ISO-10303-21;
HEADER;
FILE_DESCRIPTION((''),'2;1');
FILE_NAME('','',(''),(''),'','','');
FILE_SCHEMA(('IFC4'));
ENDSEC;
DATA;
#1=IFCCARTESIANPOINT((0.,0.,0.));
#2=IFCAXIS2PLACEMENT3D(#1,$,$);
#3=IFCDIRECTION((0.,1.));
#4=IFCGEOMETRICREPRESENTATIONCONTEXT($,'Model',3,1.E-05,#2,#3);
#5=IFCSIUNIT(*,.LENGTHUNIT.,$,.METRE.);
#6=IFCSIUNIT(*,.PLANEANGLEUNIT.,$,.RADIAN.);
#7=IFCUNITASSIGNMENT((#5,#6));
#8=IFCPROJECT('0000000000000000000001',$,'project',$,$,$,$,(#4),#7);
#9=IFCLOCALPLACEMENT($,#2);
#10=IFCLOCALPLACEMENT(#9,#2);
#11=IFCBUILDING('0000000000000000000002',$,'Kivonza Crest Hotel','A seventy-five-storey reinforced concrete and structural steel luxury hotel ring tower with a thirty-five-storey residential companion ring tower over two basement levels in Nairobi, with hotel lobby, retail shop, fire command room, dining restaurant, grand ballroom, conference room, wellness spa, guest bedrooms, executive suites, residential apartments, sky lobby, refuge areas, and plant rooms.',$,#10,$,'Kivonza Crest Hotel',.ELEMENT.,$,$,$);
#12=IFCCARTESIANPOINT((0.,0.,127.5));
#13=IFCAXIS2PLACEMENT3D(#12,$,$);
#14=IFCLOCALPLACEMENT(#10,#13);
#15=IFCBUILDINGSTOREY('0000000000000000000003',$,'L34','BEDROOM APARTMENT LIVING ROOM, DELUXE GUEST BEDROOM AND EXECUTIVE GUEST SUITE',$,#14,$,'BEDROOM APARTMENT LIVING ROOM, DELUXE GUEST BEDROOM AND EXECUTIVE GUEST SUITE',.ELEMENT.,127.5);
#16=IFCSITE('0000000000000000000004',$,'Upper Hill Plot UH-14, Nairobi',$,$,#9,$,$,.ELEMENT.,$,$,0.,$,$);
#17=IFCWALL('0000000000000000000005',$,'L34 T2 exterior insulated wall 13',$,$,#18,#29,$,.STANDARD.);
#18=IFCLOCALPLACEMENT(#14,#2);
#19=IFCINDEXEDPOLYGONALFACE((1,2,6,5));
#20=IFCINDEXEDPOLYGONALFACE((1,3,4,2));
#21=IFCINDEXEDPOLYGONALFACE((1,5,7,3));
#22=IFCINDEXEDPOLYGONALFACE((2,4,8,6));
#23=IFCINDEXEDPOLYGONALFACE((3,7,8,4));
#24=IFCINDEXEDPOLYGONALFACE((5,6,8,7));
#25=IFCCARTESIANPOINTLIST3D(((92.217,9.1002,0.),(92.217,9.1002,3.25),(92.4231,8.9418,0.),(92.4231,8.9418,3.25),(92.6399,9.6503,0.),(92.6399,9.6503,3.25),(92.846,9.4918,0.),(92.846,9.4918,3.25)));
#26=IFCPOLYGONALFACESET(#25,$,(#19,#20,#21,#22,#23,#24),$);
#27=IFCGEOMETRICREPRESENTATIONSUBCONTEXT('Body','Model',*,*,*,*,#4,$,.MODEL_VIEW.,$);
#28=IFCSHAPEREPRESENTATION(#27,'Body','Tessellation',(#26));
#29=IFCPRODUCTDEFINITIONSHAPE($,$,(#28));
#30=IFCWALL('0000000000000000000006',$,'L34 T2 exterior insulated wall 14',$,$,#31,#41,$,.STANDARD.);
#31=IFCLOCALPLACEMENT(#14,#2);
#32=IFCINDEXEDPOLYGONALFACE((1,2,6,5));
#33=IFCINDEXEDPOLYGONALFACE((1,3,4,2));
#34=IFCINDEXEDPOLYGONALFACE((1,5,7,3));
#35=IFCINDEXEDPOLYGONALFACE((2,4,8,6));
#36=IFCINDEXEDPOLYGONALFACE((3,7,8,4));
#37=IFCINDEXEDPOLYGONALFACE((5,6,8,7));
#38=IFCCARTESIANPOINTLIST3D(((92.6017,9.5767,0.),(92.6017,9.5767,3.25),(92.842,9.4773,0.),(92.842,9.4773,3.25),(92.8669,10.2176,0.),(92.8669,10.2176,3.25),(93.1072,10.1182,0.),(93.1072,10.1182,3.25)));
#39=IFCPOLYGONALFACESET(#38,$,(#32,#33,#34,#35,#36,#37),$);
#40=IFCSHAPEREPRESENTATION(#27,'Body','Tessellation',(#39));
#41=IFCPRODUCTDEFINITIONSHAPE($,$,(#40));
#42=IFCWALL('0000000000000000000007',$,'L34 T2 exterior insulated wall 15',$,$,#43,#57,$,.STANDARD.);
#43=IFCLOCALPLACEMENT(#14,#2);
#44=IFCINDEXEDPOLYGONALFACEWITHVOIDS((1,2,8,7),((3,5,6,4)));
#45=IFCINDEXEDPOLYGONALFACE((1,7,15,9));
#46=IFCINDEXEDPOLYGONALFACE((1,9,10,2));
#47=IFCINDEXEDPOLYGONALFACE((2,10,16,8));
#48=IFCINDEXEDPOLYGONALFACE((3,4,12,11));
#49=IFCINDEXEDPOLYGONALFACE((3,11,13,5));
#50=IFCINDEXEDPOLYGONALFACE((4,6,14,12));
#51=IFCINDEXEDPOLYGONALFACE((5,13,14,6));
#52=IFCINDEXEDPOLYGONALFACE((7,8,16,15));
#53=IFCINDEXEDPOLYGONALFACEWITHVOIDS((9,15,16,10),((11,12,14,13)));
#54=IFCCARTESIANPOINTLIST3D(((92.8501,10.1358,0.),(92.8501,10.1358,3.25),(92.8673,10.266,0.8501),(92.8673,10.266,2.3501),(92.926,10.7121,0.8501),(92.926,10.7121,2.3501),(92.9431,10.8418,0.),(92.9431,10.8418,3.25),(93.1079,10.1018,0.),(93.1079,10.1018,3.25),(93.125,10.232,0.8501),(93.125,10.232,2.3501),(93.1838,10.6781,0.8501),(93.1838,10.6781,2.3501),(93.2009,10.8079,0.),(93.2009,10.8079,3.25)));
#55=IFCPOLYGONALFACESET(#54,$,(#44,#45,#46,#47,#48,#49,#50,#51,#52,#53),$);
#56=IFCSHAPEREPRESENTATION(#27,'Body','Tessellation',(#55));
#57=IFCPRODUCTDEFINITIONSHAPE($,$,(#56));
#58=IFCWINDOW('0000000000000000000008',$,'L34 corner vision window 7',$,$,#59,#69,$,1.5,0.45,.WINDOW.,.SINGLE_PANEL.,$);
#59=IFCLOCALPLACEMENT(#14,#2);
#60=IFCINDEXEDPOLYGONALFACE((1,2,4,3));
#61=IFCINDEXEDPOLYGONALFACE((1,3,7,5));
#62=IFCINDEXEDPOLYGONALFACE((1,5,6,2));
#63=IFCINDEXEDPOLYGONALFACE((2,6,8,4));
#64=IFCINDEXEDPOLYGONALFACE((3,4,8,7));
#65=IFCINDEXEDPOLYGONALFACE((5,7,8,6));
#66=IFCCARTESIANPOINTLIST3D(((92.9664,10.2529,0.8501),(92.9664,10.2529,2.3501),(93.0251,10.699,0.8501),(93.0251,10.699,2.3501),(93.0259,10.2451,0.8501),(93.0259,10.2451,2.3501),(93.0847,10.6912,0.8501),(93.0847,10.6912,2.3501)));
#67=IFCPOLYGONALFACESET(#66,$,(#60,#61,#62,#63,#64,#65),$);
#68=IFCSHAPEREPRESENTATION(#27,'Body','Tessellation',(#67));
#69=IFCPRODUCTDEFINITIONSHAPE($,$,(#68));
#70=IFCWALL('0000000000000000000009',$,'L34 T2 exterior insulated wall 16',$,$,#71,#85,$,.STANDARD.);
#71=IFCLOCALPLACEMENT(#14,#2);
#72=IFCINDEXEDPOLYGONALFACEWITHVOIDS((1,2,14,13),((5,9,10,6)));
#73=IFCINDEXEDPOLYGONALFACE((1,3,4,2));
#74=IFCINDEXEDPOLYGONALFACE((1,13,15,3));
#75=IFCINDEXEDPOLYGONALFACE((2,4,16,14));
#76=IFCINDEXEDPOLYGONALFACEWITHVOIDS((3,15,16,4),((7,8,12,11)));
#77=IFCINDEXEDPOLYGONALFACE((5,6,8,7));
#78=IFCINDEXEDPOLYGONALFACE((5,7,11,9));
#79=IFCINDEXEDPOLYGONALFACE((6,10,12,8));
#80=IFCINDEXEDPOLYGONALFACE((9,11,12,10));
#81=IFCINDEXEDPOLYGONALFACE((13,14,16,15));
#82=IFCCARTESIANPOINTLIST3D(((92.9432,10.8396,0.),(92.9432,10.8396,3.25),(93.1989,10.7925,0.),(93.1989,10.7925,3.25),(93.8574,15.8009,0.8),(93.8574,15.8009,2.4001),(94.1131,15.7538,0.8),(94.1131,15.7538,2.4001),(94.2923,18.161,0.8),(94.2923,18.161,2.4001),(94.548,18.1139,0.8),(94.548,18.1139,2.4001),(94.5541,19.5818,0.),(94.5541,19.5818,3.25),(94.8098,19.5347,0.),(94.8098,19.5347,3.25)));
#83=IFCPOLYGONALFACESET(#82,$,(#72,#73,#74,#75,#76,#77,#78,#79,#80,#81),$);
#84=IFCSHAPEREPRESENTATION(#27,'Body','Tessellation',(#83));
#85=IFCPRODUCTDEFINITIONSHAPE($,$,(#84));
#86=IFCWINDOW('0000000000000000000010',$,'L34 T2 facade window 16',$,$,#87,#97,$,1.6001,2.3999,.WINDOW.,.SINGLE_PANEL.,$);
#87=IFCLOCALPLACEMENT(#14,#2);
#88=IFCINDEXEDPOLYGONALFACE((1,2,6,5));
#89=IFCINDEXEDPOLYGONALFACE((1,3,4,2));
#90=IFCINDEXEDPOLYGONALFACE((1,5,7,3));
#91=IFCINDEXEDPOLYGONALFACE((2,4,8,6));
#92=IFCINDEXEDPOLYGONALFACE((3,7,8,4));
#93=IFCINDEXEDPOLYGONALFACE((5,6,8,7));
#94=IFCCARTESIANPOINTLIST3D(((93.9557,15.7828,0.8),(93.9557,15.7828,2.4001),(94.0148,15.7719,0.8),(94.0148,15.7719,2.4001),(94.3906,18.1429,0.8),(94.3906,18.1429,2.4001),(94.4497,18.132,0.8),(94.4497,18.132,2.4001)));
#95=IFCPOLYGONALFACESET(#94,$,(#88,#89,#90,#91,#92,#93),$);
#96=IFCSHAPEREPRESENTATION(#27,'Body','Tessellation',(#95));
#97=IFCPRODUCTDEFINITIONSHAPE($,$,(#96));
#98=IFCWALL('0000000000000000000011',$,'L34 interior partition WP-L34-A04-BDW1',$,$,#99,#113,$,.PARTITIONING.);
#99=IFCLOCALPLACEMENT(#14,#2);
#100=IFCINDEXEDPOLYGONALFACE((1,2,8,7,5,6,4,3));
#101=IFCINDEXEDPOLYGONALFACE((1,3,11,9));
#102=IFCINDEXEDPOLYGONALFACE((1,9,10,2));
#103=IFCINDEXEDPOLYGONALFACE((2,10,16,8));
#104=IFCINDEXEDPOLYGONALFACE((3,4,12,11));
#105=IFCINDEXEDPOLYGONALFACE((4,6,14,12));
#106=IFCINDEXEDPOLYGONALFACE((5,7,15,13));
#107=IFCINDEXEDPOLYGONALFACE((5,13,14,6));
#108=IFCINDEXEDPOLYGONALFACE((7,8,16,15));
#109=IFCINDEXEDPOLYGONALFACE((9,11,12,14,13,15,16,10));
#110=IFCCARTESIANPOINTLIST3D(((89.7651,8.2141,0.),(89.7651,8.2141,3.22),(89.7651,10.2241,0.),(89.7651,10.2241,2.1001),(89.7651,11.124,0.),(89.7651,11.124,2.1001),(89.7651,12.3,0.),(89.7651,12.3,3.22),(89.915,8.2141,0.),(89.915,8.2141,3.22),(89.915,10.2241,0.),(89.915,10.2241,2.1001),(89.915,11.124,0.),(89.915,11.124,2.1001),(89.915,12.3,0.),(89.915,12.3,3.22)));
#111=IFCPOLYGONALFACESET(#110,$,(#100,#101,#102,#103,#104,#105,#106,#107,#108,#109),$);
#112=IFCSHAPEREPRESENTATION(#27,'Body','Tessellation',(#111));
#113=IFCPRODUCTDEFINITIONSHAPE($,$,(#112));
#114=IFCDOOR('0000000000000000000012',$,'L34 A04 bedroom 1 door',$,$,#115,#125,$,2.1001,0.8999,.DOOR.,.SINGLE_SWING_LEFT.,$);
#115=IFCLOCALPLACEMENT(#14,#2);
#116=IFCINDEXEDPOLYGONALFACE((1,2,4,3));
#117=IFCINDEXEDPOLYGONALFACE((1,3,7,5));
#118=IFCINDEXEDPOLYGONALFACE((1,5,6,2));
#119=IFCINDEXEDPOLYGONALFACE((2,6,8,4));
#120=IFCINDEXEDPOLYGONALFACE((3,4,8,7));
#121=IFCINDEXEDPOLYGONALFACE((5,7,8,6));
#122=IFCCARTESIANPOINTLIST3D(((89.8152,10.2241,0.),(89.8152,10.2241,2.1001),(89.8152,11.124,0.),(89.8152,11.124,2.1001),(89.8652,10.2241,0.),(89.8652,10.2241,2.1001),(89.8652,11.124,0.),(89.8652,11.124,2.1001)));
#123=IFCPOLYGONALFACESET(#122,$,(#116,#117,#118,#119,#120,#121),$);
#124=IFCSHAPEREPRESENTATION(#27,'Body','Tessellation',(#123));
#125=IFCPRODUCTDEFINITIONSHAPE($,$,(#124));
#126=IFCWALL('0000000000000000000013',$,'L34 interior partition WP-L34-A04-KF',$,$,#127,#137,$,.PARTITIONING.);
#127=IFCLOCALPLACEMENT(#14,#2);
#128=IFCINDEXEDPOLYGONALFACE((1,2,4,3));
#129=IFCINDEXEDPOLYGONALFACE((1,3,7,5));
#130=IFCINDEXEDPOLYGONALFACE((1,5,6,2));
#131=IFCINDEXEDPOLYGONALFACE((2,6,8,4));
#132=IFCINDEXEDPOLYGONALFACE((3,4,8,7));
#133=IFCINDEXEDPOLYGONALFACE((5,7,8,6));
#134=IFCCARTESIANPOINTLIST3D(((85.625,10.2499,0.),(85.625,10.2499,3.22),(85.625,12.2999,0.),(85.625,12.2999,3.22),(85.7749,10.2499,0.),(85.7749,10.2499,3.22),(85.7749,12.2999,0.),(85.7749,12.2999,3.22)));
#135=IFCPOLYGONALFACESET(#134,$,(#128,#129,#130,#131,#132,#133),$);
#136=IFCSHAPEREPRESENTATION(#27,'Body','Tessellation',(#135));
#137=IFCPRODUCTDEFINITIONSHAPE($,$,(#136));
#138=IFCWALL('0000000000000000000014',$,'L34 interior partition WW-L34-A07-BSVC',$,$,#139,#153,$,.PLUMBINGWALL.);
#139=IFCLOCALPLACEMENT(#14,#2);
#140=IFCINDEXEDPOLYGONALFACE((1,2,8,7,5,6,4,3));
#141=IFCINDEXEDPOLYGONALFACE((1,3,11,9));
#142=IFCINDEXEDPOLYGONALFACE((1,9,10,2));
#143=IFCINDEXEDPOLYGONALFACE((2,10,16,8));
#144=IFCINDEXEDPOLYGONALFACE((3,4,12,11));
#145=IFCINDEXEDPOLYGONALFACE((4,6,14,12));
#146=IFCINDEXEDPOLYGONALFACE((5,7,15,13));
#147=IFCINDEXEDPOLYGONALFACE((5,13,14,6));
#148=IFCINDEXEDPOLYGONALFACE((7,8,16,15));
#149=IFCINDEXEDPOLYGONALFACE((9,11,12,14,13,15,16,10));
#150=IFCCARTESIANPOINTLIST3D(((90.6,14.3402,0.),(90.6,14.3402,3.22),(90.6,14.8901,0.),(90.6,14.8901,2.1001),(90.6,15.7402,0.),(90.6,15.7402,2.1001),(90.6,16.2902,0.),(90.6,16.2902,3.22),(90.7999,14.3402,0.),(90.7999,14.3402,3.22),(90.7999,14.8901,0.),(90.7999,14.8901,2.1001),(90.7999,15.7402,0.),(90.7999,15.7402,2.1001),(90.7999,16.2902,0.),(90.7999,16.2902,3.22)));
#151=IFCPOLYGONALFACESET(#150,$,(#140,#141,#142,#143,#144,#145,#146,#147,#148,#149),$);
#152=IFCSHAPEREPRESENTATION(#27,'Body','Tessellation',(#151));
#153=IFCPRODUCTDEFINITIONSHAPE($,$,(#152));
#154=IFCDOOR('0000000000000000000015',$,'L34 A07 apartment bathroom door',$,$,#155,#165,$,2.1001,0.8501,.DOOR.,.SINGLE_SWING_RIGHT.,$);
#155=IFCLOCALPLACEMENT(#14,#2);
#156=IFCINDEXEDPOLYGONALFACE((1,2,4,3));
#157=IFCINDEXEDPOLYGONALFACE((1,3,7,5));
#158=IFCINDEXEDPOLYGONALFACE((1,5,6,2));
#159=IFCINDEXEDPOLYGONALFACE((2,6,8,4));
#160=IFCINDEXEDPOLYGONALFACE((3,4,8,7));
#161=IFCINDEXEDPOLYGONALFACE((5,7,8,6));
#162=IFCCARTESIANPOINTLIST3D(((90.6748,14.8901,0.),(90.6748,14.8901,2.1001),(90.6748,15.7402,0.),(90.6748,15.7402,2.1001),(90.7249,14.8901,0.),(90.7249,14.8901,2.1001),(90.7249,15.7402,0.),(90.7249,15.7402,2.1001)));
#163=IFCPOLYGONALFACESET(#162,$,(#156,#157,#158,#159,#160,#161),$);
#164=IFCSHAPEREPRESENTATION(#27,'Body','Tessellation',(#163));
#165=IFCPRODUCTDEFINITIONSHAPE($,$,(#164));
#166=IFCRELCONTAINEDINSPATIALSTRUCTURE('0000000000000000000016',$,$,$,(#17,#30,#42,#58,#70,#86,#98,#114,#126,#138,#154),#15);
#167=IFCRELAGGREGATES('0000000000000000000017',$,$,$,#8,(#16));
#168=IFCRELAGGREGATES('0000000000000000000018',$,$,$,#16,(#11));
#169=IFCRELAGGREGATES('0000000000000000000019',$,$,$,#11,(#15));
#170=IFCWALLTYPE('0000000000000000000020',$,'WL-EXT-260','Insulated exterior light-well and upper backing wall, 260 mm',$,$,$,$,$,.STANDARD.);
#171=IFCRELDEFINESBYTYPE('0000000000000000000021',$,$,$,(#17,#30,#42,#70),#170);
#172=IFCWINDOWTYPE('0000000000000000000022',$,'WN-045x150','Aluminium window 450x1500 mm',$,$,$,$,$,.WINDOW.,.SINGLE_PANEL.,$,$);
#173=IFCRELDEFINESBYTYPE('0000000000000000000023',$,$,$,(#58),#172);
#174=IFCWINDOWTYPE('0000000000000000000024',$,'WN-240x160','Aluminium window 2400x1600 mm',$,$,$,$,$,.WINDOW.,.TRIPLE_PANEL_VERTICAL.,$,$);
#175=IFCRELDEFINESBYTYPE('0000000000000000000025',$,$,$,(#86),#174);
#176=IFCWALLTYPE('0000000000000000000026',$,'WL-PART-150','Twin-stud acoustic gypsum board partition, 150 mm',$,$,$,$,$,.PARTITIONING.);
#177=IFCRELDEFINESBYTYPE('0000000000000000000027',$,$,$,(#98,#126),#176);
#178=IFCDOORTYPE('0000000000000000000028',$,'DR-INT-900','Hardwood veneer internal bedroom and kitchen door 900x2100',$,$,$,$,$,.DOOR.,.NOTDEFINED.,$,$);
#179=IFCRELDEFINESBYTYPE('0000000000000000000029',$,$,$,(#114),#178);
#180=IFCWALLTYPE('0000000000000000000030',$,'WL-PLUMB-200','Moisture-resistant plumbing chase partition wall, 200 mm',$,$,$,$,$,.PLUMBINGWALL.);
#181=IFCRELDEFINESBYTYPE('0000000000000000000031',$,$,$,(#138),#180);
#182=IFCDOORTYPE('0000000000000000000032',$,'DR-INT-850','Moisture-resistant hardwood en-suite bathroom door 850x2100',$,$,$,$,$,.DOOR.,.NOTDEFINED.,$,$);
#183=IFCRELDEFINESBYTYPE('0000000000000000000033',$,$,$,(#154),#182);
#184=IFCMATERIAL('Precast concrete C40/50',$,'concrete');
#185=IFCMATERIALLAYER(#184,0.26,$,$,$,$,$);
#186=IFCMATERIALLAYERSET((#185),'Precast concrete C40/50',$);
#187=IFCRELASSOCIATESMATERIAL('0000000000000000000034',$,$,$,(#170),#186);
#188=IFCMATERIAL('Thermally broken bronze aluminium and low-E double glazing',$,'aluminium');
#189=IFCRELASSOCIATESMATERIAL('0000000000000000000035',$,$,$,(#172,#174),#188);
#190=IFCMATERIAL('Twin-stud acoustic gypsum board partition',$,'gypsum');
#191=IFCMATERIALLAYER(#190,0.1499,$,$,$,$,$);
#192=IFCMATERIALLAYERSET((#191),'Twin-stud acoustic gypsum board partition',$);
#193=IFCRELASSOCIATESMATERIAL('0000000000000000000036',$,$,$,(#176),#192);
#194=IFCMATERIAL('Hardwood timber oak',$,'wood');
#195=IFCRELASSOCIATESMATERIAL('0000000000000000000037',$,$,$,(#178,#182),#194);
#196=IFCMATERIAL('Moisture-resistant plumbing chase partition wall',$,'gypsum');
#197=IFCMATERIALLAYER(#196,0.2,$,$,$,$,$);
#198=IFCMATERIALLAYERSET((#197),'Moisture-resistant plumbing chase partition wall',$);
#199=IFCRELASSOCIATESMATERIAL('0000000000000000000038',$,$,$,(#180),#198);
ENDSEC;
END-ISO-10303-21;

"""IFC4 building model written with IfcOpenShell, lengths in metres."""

from ifc_helpers import new_model, si_unit, direction, frame, frame_2d, origin, place, context, subcontext, project, spatial, rectangle, extrude, material, layer, layer_set, type_object, element, fill, save


model = new_model("IFC4")

# Units and contexts
model_context = context("Model", 3, precision=1e-05, world=origin(), true_north=direction((0.0, 1.0)))
body_context = subcontext(model_context, "Body", "Model", "MODEL_VIEW")
ifc_project = project(units=[si_unit("LENGTHUNIT", "METRE"), si_unit("PLANEANGLEUNIT", "RADIAN")], contexts=[model_context])

# Site, building, storey
site_placement = place(None, origin())
site = spatial("IfcSite", under=ifc_project, at=site_placement, Name="Upper Hill Plot UH-14, Nairobi", CompositionType="ELEMENT", RefElevation=0.0)
building_placement = place(site_placement, origin())
building = spatial("IfcBuilding", under=site, at=building_placement, Name="Kivonza Crest Hotel", Description="A seventy-five-storey reinforced concrete and structural steel luxury hotel ring tower with a thirty-five-storey residential companion ring tower over two basement levels in Nairobi, with hotel lobby, retail shop, fire command room, dining restaurant, grand ballroom, conference room, wellness spa, guest bedrooms, executive suites, residential apartments, sky lobby, refuge areas, and plant rooms.", LongName="Kivonza Crest Hotel", CompositionType="ELEMENT")
storey_placement = place(building_placement, frame((0.0, 0.0, 127.5)))
storey = spatial("IfcBuildingStorey", under=building, at=storey_placement, Name="L34", Description="BEDROOM APARTMENT LIVING ROOM, DELUXE GUEST BEDROOM AND EXECUTIVE GUEST SUITE", LongName="BEDROOM APARTMENT LIVING ROOM, DELUXE GUEST BEDROOM AND EXECUTIVE GUEST SUITE", CompositionType="ELEMENT", Elevation=127.5)

# Shared definitions
ifc_material_1 = material(Name="Hardwood timber oak", Category="wood")

# Walls
ifc_material_2 = material(Name="Precast concrete C40/50", Category="concrete")
ifc_layer_1 = layer(ifc_material_2, 0.26)
ifc_layer_set_1 = layer_set([ifc_layer_1], Name="Precast concrete C40/50")
wall_type_1 = type_object("IfcWallType", Name="WL-EXT-260", Description="Insulated exterior light-well and upper backing wall, 260 mm", PredefinedType="STANDARD", material=ifc_layer_set_1)
for number, where, z_axis, x_axis, name in (
    (1, (92.3201, 9.021, 0.0), (0.0, 0.0, 1.0), (0.609473, 0.792807, 0.0), "L34 T2 exterior insulated wall 13"),
):
    element("IfcWall", number, at=place(storey_placement, frame(where, z_axis=z_axis, x_axis=x_axis)), inside=storey, type_object=wall_type_1, Name=name, PredefinedType="STANDARD", context=body_context, shape_type="SweptSolid", body=[
        extrude(rectangle(XDim=0.6938, YDim=0.26, at=frame_2d((0.3469, 0.0))), origin(), (0.0, 0.0, 1.0), 3.25),
    ])
wall_1_placement = place(storey_placement, frame((92.7219, 9.5271, 0.0), z_axis=(0.0, 0.0, 1.0), x_axis=(0.38229, 0.924043, 0.0)))
element("IfcWall", 2, at=wall_1_placement, inside=storey, type_object=wall_type_1, Name="L34 T2 exterior insulated wall 14", PredefinedType="STANDARD", context=body_context, shape_type="SweptSolid", body=[
    extrude(rectangle(XDim=0.6936, YDim=0.26, at=frame_2d((0.3467, 0.0))), origin(), (0.0, 0.0, 1.0), 3.25),
])

# Walls, openings, windows
wall_2_placement = place(storey_placement, frame((92.979, 10.1189, 0.0), z_axis=(0.0, 0.0, 1.0), x_axis=(0.130614, 0.991433, 0.0)))
wall_2 = element("IfcWall", 3, at=wall_2_placement, inside=storey, type_object=wall_type_1, Name="L34 T2 exterior insulated wall 15", PredefinedType="STANDARD", context=body_context, shape_type="SweptSolid", body=[
    extrude(rectangle(XDim=0.7122, YDim=0.26, at=frame_2d((0.356, 0.0))), origin(), (0.0, 0.0, 1.0), 3.25),
])
opening_1_placement = place(wall_2_placement, frame((0.1311, 0.0, 0.8501)))
opening_1 = element("IfcOpeningElement", 4, at=opening_1_placement, cuts=wall_2, PredefinedType="OPENING", context=body_context, shape_type="SweptSolid", body=[
    extrude(rectangle(XDim=0.45, YDim=1.5, at=frame_2d((0.2251, 0.75))), frame((0.0, 0.1401, 0.0), z_axis=(0.0, -1.0, 0.0), x_axis=(1.0, 0.0, 0.0)), (0.0, 0.0, 1.0), 0.28),
])
ifc_material_3 = material(Name="Thermally broken bronze aluminium and low-E double glazing", Category="aluminium")
window_type_1 = type_object("IfcWindowType", Name="WN-045x150", Description="Aluminium window 450x1500 mm", PartitioningType="SINGLE_PANEL", PredefinedType="WINDOW", material=ifc_material_3)
window_1_placement = place(opening_1_placement, origin())
window_1 = element("IfcWindow", 5, at=window_1_placement, inside=storey, type_object=window_type_1, Name="L34 corner vision window 7", OverallHeight=1.5, OverallWidth=0.45, PartitioningType="SINGLE_PANEL", PredefinedType="WINDOW", context=body_context, shape_type="SweptSolid", body=[
    extrude(rectangle(XDim=0.45, YDim=1.5, at=frame_2d((0.2251, 0.75))), frame((0.0, 0.03, 0.0), z_axis=(0.0, -1.0, 0.0), x_axis=(1.0, 0.0, 0.0)), (0.0, 0.0, 1.0), 0.0601),
])
fill(opening_1, window_1)
wall_3_placement = place(storey_placement, frame((93.071, 10.8159, 0.0), z_axis=(0.0, 0.0, 1.0), x_axis=(0.18121, 0.983444, 0.0)))
wall_3 = element("IfcWall", 6, at=wall_3_placement, inside=storey, type_object=wall_type_1, Name="L34 T2 exterior insulated wall 16", PredefinedType="STANDARD", context=body_context, shape_type="SweptSolid", body=[
    extrude(rectangle(XDim=8.8894, YDim=0.26, at=frame_2d((4.4448, 0.0))), origin(), (0.0, 0.0, 1.0), 3.25),
])
opening_2_placement = place(wall_3_placement, frame((5.0449, 0.0, 0.8)))
opening_2 = element("IfcOpeningElement", 7, at=opening_2_placement, cuts=wall_3, PredefinedType="OPENING", context=body_context, shape_type="SweptSolid", body=[
    extrude(rectangle(XDim=2.3999, YDim=1.6001, at=frame_2d((1.2, 0.8))), frame((0.0, 0.1401, 0.0), z_axis=(0.0, -1.0, 0.0), x_axis=(1.0, 0.0, 0.0)), (0.0, 0.0, 1.0), 0.28),
])
window_type_2 = type_object("IfcWindowType", Name="WN-240x160", Description="Aluminium window 2400x1600 mm", PartitioningType="TRIPLE_PANEL_VERTICAL", PredefinedType="WINDOW", material=ifc_material_3)
window_2_placement = place(opening_2_placement, origin())
window_2 = element("IfcWindow", 8, at=window_2_placement, inside=storey, type_object=window_type_2, Name="L34 T2 facade window 16", OverallHeight=1.6001, OverallWidth=2.3999, PartitioningType="SINGLE_PANEL", PredefinedType="WINDOW", context=body_context, shape_type="SweptSolid", body=[
    extrude(rectangle(XDim=2.3999, YDim=1.6001, at=frame_2d((1.2, 0.8))), frame((0.0, 0.03, 0.0), z_axis=(0.0, -1.0, 0.0), x_axis=(1.0, 0.0, 0.0)), (0.0, 0.0, 1.0), 0.0601),
])
fill(opening_2, window_2)

# Wall, opening, door
ifc_material_4 = material(Name="Twin-stud acoustic gypsum board partition", Category="gypsum")
ifc_layer_2 = layer(ifc_material_4, 0.1499)
ifc_layer_set_2 = layer_set([ifc_layer_2], Name="Twin-stud acoustic gypsum board partition")
wall_type_2 = type_object("IfcWallType", Name="WL-PART-150", Description="Twin-stud acoustic gypsum board partition, 150 mm", PredefinedType="PARTITIONING", material=ifc_layer_set_2)
wall_4_placement = place(storey_placement, frame((89.8401, 8.2141, 0.0), z_axis=(0.0, 0.0, 1.0), x_axis=(0.0, 1.0, 0.0)))
wall_4 = element("IfcWall", 9, at=wall_4_placement, inside=storey, type_object=wall_type_2, Name="L34 interior partition WP-L34-A04-BDW1", PredefinedType="PARTITIONING", context=body_context, shape_type="SweptSolid", body=[
    extrude(rectangle(XDim=4.0859, YDim=0.1499, at=frame_2d((2.043, 0.0))), origin(), (0.0, 0.0, 1.0), 3.22),
])
opening_3_placement = place(wall_4_placement, frame((2.01, 0.0, 0.0)))
opening_3 = element("IfcOpeningElement", 10, at=opening_3_placement, cuts=wall_4, PredefinedType="OPENING", context=body_context, shape_type="SweptSolid", body=[
    extrude(rectangle(XDim=0.8999, YDim=2.1001, at=frame_2d((0.45, 1.05))), frame((0.0, 0.085, 0.0), z_axis=(0.0, -1.0, 0.0), x_axis=(1.0, 0.0, 0.0)), (0.0, 0.0, 1.0), 0.1699),
])
door_type_1 = type_object("IfcDoorType", Name="DR-INT-900", Description="Hardwood veneer internal bedroom and kitchen door 900x2100", OperationType="NOTDEFINED", PredefinedType="DOOR", material=ifc_material_1)
door_1_placement = place(opening_3_placement, origin())
door_1 = element("IfcDoor", 11, at=door_1_placement, inside=storey, type_object=door_type_1, Name="L34 A04 bedroom 1 door", OperationType="SINGLE_SWING_LEFT", OverallHeight=2.1001, OverallWidth=0.8999, PredefinedType="DOOR", context=body_context, shape_type="SweptSolid", body=[
    extrude(rectangle(XDim=0.8999, YDim=2.1001, at=frame_2d((0.45, 1.05))), frame((0.0, 0.0249, 0.0), z_axis=(0.0, -1.0, 0.0), x_axis=(1.0, 0.0, 0.0)), (0.0, 0.0, 1.0), 0.05),
])
fill(opening_3, door_1)

# Wall
wall_5_placement = place(storey_placement, frame((85.7, 10.25, 0.0), z_axis=(0.0, 0.0, 1.0), x_axis=(0.0, 1.0, 0.0)))
element("IfcWall", 12, at=wall_5_placement, inside=storey, type_object=wall_type_2, Name="L34 interior partition WP-L34-A04-KF", PredefinedType="PARTITIONING", context=body_context, shape_type="SweptSolid", body=[
    extrude(rectangle(XDim=2.05, YDim=0.1499, at=frame_2d((1.0249, 0.0))), origin(), (0.0, 0.0, 1.0), 3.22),
])

# Wall, opening, door
ifc_material_5 = material(Name="Moisture-resistant plumbing chase partition wall", Category="gypsum")
ifc_layer_3 = layer(ifc_material_5, 0.2)
ifc_layer_set_3 = layer_set([ifc_layer_3], Name="Moisture-resistant plumbing chase partition wall")
wall_type_3 = type_object("IfcWallType", Name="WL-PLUMB-200", Description="Moisture-resistant plumbing chase partition wall, 200 mm", PredefinedType="PLUMBINGWALL", material=ifc_layer_set_3)
wall_6_placement = place(storey_placement, frame((90.7, 14.3401, 0.0), z_axis=(0.0, 0.0, 1.0), x_axis=(0.0, 1.0, 0.0)))
wall_6 = element("IfcWall", 13, at=wall_6_placement, inside=storey, type_object=wall_type_3, Name="L34 interior partition WW-L34-A07-BSVC", PredefinedType="PLUMBINGWALL", context=body_context, shape_type="SweptSolid", body=[
    extrude(rectangle(XDim=1.95, YDim=0.2, at=frame_2d((0.9751, 0.0))), origin(), (0.0, 0.0, 1.0), 3.22),
])
opening_4_placement = place(wall_6_placement, frame((0.55, 0.0, 0.0)))
opening_4 = element("IfcOpeningElement", 14, at=opening_4_placement, cuts=wall_6, PredefinedType="OPENING", context=body_context, shape_type="SweptSolid", body=[
    extrude(rectangle(XDim=0.8501, YDim=2.1001, at=frame_2d((0.425, 1.05))), frame((0.0, 0.1099, 0.0), z_axis=(0.0, -1.0, 0.0), x_axis=(1.0, 0.0, 0.0)), (0.0, 0.0, 1.0), 0.22),
])
door_type_2 = type_object("IfcDoorType", Name="DR-INT-850", Description="Moisture-resistant hardwood en-suite bathroom door 850x2100", OperationType="NOTDEFINED", PredefinedType="DOOR", material=ifc_material_1)
door_2_placement = place(opening_4_placement, frame((0.8501, 0.0, 0.0), z_axis=(0.0, 0.0, 1.0), x_axis=(-1.0, 0.0, 0.0)))
door_2 = element("IfcDoor", 15, at=door_2_placement, inside=storey, type_object=door_type_2, Name="L34 A07 apartment bathroom door", OperationType="SINGLE_SWING_RIGHT", OverallHeight=2.1001, OverallWidth=0.8501, PredefinedType="DOOR", context=body_context, shape_type="SweptSolid", body=[
    extrude(rectangle(XDim=0.8501, YDim=2.1001, at=frame_2d((0.425, 1.05))), frame((0.0, 0.0249, 0.0), z_axis=(0.0, -1.0, 0.0), x_axis=(1.0, 0.0, 0.0)), (0.0, 0.0, 1.0), 0.05),
])
fill(opening_4, door_2)

save(model, "model.ifc")
